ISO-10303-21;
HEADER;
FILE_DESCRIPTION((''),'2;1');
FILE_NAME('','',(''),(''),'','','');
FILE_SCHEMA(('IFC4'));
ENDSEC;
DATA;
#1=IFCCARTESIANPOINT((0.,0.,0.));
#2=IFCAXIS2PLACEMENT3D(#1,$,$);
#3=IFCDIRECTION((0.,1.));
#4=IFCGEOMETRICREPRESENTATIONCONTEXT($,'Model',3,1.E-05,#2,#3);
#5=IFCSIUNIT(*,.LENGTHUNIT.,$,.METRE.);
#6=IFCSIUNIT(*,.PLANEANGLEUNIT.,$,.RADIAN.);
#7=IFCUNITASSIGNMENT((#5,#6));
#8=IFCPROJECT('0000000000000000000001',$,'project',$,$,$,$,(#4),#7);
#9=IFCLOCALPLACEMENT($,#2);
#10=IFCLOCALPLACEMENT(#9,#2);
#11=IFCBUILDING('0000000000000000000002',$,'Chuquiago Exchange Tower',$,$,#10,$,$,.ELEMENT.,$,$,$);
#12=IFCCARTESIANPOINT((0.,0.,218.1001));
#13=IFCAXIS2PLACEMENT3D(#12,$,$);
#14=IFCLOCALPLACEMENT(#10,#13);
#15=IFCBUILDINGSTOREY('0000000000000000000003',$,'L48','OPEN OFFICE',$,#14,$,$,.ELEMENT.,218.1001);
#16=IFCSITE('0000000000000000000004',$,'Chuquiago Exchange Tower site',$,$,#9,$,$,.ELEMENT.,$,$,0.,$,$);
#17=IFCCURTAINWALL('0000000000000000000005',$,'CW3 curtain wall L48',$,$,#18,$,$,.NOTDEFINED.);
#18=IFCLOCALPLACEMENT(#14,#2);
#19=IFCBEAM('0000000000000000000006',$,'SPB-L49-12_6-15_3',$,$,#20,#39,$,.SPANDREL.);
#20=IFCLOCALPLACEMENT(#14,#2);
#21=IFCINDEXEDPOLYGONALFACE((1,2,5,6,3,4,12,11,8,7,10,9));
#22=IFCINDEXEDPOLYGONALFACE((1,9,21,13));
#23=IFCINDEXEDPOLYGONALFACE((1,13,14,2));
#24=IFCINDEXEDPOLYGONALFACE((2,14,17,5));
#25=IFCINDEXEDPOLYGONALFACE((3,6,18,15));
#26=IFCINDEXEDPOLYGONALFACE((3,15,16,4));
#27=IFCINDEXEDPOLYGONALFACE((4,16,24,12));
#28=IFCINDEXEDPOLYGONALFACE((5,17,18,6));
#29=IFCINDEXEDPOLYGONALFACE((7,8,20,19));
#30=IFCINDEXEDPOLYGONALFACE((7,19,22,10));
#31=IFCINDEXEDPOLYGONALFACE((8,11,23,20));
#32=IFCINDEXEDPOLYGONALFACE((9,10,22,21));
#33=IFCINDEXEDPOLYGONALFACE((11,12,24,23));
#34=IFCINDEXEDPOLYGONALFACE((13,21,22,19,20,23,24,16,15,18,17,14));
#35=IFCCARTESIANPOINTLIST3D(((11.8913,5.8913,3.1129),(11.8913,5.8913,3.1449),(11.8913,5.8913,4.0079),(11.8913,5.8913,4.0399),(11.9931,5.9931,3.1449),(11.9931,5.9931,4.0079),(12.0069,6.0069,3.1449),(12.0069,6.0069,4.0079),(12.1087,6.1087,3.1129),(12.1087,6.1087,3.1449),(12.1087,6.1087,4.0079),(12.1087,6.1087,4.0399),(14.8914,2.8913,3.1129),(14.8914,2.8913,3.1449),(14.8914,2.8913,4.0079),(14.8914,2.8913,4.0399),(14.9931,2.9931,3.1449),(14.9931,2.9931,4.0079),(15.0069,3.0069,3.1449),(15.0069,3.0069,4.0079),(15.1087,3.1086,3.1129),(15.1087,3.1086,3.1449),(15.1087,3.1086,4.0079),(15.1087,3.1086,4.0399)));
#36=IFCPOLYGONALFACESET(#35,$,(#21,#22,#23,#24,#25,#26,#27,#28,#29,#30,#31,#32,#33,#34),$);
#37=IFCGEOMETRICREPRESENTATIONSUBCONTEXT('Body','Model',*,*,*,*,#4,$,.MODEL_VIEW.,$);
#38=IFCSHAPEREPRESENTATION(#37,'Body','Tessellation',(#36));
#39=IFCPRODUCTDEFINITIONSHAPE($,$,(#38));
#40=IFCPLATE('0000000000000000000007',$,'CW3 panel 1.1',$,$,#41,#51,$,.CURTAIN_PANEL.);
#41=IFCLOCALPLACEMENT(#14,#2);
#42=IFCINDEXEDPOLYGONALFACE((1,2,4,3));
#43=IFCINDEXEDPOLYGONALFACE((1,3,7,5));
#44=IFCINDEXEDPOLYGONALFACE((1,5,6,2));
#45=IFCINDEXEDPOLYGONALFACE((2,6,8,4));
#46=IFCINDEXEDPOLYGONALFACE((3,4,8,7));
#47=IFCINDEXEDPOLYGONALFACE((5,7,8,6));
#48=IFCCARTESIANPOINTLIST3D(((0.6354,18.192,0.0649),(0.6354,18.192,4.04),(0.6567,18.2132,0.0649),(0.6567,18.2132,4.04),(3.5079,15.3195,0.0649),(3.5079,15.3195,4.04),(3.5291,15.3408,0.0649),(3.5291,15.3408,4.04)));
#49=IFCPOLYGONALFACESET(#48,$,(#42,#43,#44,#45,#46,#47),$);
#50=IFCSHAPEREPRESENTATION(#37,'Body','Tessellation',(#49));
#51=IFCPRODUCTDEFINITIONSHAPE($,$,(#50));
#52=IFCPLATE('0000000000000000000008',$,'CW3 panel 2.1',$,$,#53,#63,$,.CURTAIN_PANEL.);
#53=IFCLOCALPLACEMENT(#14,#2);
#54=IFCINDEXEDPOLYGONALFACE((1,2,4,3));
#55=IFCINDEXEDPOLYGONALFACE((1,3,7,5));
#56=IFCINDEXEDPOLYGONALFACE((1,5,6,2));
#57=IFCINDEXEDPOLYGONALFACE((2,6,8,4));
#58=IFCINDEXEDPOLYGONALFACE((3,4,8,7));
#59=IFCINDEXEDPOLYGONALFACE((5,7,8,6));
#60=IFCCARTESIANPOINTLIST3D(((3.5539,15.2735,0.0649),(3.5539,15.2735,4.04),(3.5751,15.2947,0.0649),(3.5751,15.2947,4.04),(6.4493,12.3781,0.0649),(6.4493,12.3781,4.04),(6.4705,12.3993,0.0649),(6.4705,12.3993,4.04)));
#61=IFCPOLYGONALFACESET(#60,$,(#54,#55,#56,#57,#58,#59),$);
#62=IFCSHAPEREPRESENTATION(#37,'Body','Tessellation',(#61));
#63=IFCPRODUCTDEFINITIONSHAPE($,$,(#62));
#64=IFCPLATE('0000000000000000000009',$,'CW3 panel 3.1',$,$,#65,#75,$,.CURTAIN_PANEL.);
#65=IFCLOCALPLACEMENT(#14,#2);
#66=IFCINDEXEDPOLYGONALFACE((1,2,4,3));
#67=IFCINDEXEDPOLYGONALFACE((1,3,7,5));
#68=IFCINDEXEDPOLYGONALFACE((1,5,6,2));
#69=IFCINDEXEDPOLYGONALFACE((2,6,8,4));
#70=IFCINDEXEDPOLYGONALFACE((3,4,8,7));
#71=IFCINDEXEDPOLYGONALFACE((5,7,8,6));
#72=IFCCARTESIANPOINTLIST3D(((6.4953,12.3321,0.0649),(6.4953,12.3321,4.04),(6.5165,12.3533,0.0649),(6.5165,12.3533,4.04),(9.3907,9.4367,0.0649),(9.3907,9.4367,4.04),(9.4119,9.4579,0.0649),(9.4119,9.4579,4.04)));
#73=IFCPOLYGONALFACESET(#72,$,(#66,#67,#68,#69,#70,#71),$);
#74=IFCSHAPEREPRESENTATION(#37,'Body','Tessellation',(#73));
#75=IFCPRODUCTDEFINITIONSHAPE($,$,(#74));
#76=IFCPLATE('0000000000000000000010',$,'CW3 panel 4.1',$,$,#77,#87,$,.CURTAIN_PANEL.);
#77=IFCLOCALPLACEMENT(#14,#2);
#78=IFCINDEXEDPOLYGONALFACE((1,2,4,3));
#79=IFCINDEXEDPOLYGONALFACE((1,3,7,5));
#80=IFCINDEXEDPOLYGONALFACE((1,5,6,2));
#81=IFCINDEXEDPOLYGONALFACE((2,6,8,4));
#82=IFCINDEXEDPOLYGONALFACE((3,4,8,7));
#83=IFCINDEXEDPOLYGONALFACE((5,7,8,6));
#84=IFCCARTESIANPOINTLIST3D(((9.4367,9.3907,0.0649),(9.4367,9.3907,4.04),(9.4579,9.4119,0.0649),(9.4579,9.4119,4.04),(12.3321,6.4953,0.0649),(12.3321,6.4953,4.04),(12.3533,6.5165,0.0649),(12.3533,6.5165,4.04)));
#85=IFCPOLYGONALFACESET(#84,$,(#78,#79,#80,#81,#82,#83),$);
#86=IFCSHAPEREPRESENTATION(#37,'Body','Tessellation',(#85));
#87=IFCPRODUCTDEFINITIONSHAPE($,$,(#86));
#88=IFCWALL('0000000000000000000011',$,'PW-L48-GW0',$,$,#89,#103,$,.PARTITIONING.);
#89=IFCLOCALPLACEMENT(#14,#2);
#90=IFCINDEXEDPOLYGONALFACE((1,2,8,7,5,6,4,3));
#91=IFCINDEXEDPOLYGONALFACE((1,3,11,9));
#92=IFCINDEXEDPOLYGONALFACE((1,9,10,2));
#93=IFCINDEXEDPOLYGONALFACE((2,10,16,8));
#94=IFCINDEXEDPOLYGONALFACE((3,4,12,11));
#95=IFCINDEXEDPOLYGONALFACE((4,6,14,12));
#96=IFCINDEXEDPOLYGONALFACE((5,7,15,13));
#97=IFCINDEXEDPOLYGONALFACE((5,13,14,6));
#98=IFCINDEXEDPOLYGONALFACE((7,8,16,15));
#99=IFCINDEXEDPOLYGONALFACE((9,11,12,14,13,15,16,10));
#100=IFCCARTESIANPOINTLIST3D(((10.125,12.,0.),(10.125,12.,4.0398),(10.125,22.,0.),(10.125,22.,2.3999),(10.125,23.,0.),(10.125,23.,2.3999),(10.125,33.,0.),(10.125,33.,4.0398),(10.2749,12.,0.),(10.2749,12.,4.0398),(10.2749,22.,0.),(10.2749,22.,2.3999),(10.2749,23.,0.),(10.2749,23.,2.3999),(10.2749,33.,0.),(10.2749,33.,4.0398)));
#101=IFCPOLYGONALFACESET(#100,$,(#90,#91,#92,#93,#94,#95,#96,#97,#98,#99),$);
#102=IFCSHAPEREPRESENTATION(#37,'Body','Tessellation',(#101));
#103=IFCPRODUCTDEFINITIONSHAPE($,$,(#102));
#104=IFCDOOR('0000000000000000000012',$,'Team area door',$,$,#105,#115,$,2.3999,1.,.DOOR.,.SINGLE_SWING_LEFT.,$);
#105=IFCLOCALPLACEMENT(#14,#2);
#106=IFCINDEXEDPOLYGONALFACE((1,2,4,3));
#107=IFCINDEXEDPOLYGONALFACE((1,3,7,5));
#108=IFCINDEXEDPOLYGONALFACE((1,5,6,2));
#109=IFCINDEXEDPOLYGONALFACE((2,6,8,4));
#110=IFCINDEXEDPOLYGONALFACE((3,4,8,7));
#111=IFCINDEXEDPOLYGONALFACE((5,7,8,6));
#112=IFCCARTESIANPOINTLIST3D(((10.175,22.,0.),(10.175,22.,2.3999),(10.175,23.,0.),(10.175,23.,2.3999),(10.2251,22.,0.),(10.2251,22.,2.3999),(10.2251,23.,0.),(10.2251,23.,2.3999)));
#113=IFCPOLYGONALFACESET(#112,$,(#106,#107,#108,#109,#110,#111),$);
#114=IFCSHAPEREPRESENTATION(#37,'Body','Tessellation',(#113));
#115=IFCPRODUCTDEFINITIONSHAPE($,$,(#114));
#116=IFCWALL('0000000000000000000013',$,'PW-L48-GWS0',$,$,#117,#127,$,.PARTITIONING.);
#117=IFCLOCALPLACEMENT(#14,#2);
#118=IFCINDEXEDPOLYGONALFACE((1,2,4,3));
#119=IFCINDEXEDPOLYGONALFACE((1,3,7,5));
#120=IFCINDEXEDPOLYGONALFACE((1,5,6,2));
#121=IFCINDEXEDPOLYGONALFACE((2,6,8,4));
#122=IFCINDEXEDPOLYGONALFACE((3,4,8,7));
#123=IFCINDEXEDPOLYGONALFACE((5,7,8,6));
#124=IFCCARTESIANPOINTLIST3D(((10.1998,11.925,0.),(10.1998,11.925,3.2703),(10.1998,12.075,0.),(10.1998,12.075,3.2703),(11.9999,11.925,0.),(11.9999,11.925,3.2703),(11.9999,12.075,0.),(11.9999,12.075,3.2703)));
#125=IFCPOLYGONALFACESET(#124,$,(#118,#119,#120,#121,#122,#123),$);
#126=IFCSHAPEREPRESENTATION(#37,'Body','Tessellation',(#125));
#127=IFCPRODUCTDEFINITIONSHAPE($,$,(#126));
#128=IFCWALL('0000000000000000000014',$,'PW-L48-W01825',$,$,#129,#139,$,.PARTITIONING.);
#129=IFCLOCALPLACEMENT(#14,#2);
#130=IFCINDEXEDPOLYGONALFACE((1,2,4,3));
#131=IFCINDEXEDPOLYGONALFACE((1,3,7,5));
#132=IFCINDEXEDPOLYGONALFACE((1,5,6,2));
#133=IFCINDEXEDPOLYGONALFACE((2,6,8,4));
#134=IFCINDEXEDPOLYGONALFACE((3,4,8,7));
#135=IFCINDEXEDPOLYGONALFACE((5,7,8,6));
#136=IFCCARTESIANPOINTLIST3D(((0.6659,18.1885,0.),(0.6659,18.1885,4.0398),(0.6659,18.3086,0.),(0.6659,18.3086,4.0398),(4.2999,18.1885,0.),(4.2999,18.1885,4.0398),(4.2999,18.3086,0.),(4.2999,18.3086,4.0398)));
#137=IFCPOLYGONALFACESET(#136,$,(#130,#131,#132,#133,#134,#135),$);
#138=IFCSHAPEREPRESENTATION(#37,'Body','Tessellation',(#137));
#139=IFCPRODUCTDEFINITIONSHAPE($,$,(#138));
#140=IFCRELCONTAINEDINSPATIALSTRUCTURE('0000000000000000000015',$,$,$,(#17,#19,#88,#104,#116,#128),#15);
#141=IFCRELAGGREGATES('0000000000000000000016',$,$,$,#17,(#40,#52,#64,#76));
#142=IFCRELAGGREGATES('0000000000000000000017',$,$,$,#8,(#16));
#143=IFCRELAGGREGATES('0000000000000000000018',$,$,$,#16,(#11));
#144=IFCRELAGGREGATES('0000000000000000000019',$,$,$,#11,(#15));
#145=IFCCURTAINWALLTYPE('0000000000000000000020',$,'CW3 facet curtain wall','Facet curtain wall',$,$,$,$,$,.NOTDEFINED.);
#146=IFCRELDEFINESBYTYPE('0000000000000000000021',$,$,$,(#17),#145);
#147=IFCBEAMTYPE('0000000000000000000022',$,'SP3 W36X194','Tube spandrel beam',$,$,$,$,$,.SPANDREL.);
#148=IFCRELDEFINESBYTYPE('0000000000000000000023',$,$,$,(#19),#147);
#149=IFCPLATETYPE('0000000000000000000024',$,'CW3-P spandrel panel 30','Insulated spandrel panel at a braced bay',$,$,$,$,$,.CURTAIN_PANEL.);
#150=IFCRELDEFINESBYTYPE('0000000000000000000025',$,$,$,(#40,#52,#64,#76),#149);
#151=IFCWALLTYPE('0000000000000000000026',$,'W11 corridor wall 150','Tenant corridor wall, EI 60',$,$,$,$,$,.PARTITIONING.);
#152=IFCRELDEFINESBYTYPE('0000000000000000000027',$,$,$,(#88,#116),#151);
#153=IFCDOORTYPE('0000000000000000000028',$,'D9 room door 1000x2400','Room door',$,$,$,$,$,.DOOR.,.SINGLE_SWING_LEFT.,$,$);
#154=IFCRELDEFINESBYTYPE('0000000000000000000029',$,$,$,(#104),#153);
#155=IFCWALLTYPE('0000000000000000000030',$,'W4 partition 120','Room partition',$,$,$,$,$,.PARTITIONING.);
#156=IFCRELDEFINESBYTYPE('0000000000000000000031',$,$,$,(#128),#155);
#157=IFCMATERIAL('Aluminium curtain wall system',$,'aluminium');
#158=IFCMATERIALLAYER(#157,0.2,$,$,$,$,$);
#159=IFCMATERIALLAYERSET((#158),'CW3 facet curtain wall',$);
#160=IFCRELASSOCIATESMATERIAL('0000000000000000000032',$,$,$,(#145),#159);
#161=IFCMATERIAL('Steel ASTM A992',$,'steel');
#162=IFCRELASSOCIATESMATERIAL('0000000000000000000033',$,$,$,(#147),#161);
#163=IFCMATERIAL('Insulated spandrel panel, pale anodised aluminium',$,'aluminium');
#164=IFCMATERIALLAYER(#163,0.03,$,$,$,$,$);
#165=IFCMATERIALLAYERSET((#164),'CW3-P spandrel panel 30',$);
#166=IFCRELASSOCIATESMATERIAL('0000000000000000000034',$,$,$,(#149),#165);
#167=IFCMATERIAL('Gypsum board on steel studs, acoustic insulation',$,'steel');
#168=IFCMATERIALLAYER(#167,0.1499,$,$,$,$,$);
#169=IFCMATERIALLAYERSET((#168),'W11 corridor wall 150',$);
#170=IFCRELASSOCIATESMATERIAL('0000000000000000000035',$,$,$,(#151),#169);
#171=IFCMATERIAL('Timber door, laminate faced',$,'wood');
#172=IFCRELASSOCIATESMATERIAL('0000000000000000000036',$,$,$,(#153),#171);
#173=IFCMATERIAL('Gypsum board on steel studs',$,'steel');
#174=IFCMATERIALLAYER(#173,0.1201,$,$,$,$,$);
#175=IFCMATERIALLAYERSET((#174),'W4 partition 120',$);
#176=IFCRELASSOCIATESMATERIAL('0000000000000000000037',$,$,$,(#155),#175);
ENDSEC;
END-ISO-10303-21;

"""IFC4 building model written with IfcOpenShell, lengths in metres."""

from ifc_helpers import new_model, si_unit, direction, frame, frame_2d, origin, origin_2d, place, context, subcontext, project, spatial, rectangle, i_section, extrude, material, layer, layer_set, material_profile, profile_set, type_object, element, fill, aggregate, save


model = new_model("IFC4")

# Units and contexts
model_context = context("Model", 3, precision=1e-05, world=origin(), true_north=direction((0.0, 1.0)))
body_context = subcontext(model_context, "Body", "Model", "MODEL_VIEW")
ifc_project = project(units=[si_unit("LENGTHUNIT", "METRE"), si_unit("PLANEANGLEUNIT", "RADIAN")], contexts=[model_context])

# Site, building, storey
site_placement = place(None, origin())
site = spatial("IfcSite", under=ifc_project, at=site_placement, Name="Chuquiago Exchange Tower site", CompositionType="ELEMENT", RefElevation=0.0)
building_placement = place(site_placement, origin())
building = spatial("IfcBuilding", under=site, at=building_placement, Name="Chuquiago Exchange Tower", CompositionType="ELEMENT")
storey_placement = place(building_placement, frame((0.0, 0.0, 218.1001)))
storey = spatial("IfcBuildingStorey", under=building, at=storey_placement, Name="L48", Description="OPEN OFFICE", CompositionType="ELEMENT", Elevation=218.1001)

# Curtain wall
ifc_material_1 = material(Name="Aluminium curtain wall system", Category="aluminium")
ifc_layer_1 = layer(ifc_material_1, 0.2)
ifc_layer_set_1 = layer_set([ifc_layer_1], Name="CW3 facet curtain wall")
curtain_wall_type_1 = type_object("IfcCurtainWallType", Name="CW3 facet curtain wall", Description="Facet curtain wall", PredefinedType="NOTDEFINED", material=ifc_layer_set_1)
curtain_wall_1_placement = place(storey_placement, origin())
curtain_wall_1 = element("IfcCurtainWall", 1, at=curtain_wall_1_placement, inside=storey, type_object=curtain_wall_type_1, Name="CW3 curtain wall L48", PredefinedType="NOTDEFINED")

# Beam
ifc_material_2 = material(Name="Steel ASTM A992", Category="steel")
ifc_material_profile_1 = material_profile(ifc_material_2, i_section(OverallWidth=0.3074, OverallDepth=0.927, WebThickness=0.0195, FlangeThickness=0.032, at=origin_2d()), Name="W36X194")
ifc_profile_set_1 = profile_set([ifc_material_profile_1], Name="Steel ASTM A992")
beam_type = type_object("IfcBeamType", Name="SP3 W36X194", Description="Tube spandrel beam", PredefinedType="SPANDREL", material=ifc_profile_set_1)
for number, where, z_axis, x_axis, name in (
    (2, (12.0, 6.0, 3.5764), (0.707107, -0.707107, 0.0), (0.707107, 0.707107, 0.0), "SPB-L49-12_6-15_3"),
):
    element("IfcBeam", number, at=place(storey_placement, frame(where, z_axis=z_axis, x_axis=x_axis)), inside=storey, type_object=beam_type, Name=name, PredefinedType="SPANDREL", context=body_context, shape_type="SweptSolid", body=[
        extrude(i_section(OverallWidth=0.3074, OverallDepth=0.927, WebThickness=0.0195, FlangeThickness=0.032, at=origin_2d()), origin(), (0.0, 0.0, 1.0), 4.2427),
    ])

# Plates
ifc_material_3 = material(Name="Insulated spandrel panel, pale anodised aluminium", Category="aluminium")
ifc_layer_2 = layer(ifc_material_3, 0.03)
ifc_layer_set_2 = layer_set([ifc_layer_2], Name="CW3-P spandrel panel 30")
plate_type = type_object("IfcPlateType", Name="CW3-P spandrel panel 30", Description="Insulated spandrel panel at a braced bay", PredefinedType="CURTAIN_PANEL", material=ifc_layer_set_2)
plate_1_placement = place(storey_placement, frame((2.0823, 16.7664, 0.0649), z_axis=(0.0, 0.0, 1.0), x_axis=(0.707107, -0.707107, 0.0)))
plate_1 = element("IfcPlate", 3, at=plate_1_placement, type_object=plate_type, Name="CW3 panel 1.1", PredefinedType="CURTAIN_PANEL", context=body_context, shape_type="SweptSolid", body=[
    extrude(rectangle(XDim=4.0623, YDim=0.03, at=origin_2d()), origin(), (0.0, 0.0, 1.0), 3.9751),
])
plate_2_placement = place(storey_placement, frame((5.0122, 13.8364, 0.0649), z_axis=(0.0, 0.0, 1.0), x_axis=(0.707107, -0.707107, 0.0)))
plate_2 = element("IfcPlate", 4, at=plate_2_placement, type_object=plate_type, Name="CW3 panel 2.1", PredefinedType="CURTAIN_PANEL", context=body_context, shape_type="SweptSolid", body=[
    extrude(rectangle(XDim=4.0947, YDim=0.03, at=origin_2d()), origin(), (0.0, 0.0, 1.0), 3.9751),
])
plate_3_placement = place(storey_placement, frame((7.9536, 10.895, 0.0649), z_axis=(0.0, 0.0, 1.0), x_axis=(0.707107, -0.707107, 0.0)))
plate_3 = element("IfcPlate", 5, at=plate_3_placement, type_object=plate_type, Name="CW3 panel 3.1", PredefinedType="CURTAIN_PANEL", context=body_context, shape_type="SweptSolid", body=[
    extrude(rectangle(XDim=4.0947, YDim=0.03, at=origin_2d()), origin(), (0.0, 0.0, 1.0), 3.9751),
])
plate_4_placement = place(storey_placement, frame((10.895, 7.9536, 0.0649), z_axis=(0.0, 0.0, 1.0), x_axis=(0.707107, -0.707107, 0.0)))
plate_4 = element("IfcPlate", 6, at=plate_4_placement, type_object=plate_type, Name="CW3 panel 4.1", PredefinedType="CURTAIN_PANEL", context=body_context, shape_type="SweptSolid", body=[
    extrude(rectangle(XDim=4.0947, YDim=0.03, at=origin_2d()), origin(), (0.0, 0.0, 1.0), 3.9751),
])
aggregate(curtain_wall_1, [plate_1, plate_2, plate_3, plate_4])

# Wall, opening, door
ifc_material_4 = material(Name="Gypsum board on steel studs, acoustic insulation", Category="steel")
ifc_layer_3 = layer(ifc_material_4, 0.1499)
ifc_layer_set_3 = layer_set([ifc_layer_3], Name="W11 corridor wall 150")
wall_type_1 = type_object("IfcWallType", Name="W11 corridor wall 150", Description="Tenant corridor wall, EI 60", PredefinedType="PARTITIONING", material=ifc_layer_set_3)
wall_1_placement = place(storey_placement, frame((10.2, 12.0, 0.0), z_axis=(0.0, 0.0, 1.0), x_axis=(0.0, 1.0, 0.0)))
wall_1 = element("IfcWall", 7, at=wall_1_placement, inside=storey, type_object=wall_type_1, Name="PW-L48-GW0", PredefinedType="PARTITIONING", context=body_context, shape_type="SweptSolid", body=[
    extrude(rectangle(XDim=21.0, YDim=0.1499, at=frame_2d((10.5, 0.0))), origin(), (0.0, 0.0, 1.0), 4.0398),
])
opening_1_placement = place(wall_1_placement, frame((10.0, 0.0, 0.0)))
opening_1 = element("IfcOpeningElement", 8, at=opening_1_placement, cuts=wall_1, PredefinedType="OPENING", context=body_context, shape_type="SweptSolid", body=[
    extrude(rectangle(XDim=1.0, YDim=2.3999, at=frame_2d((0.5, 1.2))), frame((0.0, 0.085, 0.0), z_axis=(0.0, -1.0, 0.0), x_axis=(1.0, 0.0, 0.0)), (0.0, 0.0, 1.0), 0.1699),
])
ifc_material_5 = material(Name="Timber door, laminate faced", Category="wood")
door_type = type_object("IfcDoorType", Name="D9 room door 1000x2400", Description="Room door", OperationType="SINGLE_SWING_LEFT", PredefinedType="DOOR", material=ifc_material_5)
door_1_placement = place(opening_1_placement, origin())
door_1 = element("IfcDoor", 9, at=door_1_placement, inside=storey, type_object=door_type, Name="Team area door", OperationType="SINGLE_SWING_LEFT", OverallHeight=2.3999, OverallWidth=1.0, PredefinedType="DOOR", context=body_context, shape_type="SweptSolid", body=[
    extrude(rectangle(XDim=1.0, YDim=2.3999, at=frame_2d((0.5, 1.2))), frame((0.0, 0.0249, 0.0), z_axis=(0.0, -1.0, 0.0), x_axis=(1.0, 0.0, 0.0)), (0.0, 0.0, 1.0), 0.05),
])
fill(opening_1, door_1)

# Walls
wall_2_placement = place(storey_placement, frame((10.2, 12.0, 0.0), z_axis=(0.0, 0.0, 1.0), x_axis=(1.0, 0.0, 0.0)))
element("IfcWall", 10, at=wall_2_placement, inside=storey, type_object=wall_type_1, Name="PW-L48-GWS0", PredefinedType="PARTITIONING", context=body_context, shape_type="SweptSolid", body=[
    extrude(rectangle(XDim=1.8, YDim=0.1499, at=frame_2d((0.8999, 0.0))), origin(), (0.0, 0.0, 1.0), 3.2703),
])
ifc_material_6 = material(Name="Gypsum board on steel studs", Category="steel")
ifc_layer_4 = layer(ifc_material_6, 0.1201)
ifc_layer_set_4 = layer_set([ifc_layer_4], Name="W4 partition 120")
wall_type_2 = type_object("IfcWallType", Name="W4 partition 120", Description="Room partition", PredefinedType="PARTITIONING", material=ifc_layer_set_4)
wall_3_placement = place(storey_placement, frame((0.666, 18.2485, 0.0), z_axis=(0.0, 0.0, 1.0), x_axis=(1.0, 0.0, 0.0)))
element("IfcWall", 11, at=wall_3_placement, inside=storey, type_object=wall_type_2, Name="PW-L48-W01825", PredefinedType="PARTITIONING", context=body_context, shape_type="SweptSolid", body=[
    extrude(rectangle(XDim=3.634, YDim=0.1201, at=frame_2d((1.8169, 0.0))), origin(), (0.0, 0.0, 1.0), 4.0398),
])

save(model, "model.ifc")
